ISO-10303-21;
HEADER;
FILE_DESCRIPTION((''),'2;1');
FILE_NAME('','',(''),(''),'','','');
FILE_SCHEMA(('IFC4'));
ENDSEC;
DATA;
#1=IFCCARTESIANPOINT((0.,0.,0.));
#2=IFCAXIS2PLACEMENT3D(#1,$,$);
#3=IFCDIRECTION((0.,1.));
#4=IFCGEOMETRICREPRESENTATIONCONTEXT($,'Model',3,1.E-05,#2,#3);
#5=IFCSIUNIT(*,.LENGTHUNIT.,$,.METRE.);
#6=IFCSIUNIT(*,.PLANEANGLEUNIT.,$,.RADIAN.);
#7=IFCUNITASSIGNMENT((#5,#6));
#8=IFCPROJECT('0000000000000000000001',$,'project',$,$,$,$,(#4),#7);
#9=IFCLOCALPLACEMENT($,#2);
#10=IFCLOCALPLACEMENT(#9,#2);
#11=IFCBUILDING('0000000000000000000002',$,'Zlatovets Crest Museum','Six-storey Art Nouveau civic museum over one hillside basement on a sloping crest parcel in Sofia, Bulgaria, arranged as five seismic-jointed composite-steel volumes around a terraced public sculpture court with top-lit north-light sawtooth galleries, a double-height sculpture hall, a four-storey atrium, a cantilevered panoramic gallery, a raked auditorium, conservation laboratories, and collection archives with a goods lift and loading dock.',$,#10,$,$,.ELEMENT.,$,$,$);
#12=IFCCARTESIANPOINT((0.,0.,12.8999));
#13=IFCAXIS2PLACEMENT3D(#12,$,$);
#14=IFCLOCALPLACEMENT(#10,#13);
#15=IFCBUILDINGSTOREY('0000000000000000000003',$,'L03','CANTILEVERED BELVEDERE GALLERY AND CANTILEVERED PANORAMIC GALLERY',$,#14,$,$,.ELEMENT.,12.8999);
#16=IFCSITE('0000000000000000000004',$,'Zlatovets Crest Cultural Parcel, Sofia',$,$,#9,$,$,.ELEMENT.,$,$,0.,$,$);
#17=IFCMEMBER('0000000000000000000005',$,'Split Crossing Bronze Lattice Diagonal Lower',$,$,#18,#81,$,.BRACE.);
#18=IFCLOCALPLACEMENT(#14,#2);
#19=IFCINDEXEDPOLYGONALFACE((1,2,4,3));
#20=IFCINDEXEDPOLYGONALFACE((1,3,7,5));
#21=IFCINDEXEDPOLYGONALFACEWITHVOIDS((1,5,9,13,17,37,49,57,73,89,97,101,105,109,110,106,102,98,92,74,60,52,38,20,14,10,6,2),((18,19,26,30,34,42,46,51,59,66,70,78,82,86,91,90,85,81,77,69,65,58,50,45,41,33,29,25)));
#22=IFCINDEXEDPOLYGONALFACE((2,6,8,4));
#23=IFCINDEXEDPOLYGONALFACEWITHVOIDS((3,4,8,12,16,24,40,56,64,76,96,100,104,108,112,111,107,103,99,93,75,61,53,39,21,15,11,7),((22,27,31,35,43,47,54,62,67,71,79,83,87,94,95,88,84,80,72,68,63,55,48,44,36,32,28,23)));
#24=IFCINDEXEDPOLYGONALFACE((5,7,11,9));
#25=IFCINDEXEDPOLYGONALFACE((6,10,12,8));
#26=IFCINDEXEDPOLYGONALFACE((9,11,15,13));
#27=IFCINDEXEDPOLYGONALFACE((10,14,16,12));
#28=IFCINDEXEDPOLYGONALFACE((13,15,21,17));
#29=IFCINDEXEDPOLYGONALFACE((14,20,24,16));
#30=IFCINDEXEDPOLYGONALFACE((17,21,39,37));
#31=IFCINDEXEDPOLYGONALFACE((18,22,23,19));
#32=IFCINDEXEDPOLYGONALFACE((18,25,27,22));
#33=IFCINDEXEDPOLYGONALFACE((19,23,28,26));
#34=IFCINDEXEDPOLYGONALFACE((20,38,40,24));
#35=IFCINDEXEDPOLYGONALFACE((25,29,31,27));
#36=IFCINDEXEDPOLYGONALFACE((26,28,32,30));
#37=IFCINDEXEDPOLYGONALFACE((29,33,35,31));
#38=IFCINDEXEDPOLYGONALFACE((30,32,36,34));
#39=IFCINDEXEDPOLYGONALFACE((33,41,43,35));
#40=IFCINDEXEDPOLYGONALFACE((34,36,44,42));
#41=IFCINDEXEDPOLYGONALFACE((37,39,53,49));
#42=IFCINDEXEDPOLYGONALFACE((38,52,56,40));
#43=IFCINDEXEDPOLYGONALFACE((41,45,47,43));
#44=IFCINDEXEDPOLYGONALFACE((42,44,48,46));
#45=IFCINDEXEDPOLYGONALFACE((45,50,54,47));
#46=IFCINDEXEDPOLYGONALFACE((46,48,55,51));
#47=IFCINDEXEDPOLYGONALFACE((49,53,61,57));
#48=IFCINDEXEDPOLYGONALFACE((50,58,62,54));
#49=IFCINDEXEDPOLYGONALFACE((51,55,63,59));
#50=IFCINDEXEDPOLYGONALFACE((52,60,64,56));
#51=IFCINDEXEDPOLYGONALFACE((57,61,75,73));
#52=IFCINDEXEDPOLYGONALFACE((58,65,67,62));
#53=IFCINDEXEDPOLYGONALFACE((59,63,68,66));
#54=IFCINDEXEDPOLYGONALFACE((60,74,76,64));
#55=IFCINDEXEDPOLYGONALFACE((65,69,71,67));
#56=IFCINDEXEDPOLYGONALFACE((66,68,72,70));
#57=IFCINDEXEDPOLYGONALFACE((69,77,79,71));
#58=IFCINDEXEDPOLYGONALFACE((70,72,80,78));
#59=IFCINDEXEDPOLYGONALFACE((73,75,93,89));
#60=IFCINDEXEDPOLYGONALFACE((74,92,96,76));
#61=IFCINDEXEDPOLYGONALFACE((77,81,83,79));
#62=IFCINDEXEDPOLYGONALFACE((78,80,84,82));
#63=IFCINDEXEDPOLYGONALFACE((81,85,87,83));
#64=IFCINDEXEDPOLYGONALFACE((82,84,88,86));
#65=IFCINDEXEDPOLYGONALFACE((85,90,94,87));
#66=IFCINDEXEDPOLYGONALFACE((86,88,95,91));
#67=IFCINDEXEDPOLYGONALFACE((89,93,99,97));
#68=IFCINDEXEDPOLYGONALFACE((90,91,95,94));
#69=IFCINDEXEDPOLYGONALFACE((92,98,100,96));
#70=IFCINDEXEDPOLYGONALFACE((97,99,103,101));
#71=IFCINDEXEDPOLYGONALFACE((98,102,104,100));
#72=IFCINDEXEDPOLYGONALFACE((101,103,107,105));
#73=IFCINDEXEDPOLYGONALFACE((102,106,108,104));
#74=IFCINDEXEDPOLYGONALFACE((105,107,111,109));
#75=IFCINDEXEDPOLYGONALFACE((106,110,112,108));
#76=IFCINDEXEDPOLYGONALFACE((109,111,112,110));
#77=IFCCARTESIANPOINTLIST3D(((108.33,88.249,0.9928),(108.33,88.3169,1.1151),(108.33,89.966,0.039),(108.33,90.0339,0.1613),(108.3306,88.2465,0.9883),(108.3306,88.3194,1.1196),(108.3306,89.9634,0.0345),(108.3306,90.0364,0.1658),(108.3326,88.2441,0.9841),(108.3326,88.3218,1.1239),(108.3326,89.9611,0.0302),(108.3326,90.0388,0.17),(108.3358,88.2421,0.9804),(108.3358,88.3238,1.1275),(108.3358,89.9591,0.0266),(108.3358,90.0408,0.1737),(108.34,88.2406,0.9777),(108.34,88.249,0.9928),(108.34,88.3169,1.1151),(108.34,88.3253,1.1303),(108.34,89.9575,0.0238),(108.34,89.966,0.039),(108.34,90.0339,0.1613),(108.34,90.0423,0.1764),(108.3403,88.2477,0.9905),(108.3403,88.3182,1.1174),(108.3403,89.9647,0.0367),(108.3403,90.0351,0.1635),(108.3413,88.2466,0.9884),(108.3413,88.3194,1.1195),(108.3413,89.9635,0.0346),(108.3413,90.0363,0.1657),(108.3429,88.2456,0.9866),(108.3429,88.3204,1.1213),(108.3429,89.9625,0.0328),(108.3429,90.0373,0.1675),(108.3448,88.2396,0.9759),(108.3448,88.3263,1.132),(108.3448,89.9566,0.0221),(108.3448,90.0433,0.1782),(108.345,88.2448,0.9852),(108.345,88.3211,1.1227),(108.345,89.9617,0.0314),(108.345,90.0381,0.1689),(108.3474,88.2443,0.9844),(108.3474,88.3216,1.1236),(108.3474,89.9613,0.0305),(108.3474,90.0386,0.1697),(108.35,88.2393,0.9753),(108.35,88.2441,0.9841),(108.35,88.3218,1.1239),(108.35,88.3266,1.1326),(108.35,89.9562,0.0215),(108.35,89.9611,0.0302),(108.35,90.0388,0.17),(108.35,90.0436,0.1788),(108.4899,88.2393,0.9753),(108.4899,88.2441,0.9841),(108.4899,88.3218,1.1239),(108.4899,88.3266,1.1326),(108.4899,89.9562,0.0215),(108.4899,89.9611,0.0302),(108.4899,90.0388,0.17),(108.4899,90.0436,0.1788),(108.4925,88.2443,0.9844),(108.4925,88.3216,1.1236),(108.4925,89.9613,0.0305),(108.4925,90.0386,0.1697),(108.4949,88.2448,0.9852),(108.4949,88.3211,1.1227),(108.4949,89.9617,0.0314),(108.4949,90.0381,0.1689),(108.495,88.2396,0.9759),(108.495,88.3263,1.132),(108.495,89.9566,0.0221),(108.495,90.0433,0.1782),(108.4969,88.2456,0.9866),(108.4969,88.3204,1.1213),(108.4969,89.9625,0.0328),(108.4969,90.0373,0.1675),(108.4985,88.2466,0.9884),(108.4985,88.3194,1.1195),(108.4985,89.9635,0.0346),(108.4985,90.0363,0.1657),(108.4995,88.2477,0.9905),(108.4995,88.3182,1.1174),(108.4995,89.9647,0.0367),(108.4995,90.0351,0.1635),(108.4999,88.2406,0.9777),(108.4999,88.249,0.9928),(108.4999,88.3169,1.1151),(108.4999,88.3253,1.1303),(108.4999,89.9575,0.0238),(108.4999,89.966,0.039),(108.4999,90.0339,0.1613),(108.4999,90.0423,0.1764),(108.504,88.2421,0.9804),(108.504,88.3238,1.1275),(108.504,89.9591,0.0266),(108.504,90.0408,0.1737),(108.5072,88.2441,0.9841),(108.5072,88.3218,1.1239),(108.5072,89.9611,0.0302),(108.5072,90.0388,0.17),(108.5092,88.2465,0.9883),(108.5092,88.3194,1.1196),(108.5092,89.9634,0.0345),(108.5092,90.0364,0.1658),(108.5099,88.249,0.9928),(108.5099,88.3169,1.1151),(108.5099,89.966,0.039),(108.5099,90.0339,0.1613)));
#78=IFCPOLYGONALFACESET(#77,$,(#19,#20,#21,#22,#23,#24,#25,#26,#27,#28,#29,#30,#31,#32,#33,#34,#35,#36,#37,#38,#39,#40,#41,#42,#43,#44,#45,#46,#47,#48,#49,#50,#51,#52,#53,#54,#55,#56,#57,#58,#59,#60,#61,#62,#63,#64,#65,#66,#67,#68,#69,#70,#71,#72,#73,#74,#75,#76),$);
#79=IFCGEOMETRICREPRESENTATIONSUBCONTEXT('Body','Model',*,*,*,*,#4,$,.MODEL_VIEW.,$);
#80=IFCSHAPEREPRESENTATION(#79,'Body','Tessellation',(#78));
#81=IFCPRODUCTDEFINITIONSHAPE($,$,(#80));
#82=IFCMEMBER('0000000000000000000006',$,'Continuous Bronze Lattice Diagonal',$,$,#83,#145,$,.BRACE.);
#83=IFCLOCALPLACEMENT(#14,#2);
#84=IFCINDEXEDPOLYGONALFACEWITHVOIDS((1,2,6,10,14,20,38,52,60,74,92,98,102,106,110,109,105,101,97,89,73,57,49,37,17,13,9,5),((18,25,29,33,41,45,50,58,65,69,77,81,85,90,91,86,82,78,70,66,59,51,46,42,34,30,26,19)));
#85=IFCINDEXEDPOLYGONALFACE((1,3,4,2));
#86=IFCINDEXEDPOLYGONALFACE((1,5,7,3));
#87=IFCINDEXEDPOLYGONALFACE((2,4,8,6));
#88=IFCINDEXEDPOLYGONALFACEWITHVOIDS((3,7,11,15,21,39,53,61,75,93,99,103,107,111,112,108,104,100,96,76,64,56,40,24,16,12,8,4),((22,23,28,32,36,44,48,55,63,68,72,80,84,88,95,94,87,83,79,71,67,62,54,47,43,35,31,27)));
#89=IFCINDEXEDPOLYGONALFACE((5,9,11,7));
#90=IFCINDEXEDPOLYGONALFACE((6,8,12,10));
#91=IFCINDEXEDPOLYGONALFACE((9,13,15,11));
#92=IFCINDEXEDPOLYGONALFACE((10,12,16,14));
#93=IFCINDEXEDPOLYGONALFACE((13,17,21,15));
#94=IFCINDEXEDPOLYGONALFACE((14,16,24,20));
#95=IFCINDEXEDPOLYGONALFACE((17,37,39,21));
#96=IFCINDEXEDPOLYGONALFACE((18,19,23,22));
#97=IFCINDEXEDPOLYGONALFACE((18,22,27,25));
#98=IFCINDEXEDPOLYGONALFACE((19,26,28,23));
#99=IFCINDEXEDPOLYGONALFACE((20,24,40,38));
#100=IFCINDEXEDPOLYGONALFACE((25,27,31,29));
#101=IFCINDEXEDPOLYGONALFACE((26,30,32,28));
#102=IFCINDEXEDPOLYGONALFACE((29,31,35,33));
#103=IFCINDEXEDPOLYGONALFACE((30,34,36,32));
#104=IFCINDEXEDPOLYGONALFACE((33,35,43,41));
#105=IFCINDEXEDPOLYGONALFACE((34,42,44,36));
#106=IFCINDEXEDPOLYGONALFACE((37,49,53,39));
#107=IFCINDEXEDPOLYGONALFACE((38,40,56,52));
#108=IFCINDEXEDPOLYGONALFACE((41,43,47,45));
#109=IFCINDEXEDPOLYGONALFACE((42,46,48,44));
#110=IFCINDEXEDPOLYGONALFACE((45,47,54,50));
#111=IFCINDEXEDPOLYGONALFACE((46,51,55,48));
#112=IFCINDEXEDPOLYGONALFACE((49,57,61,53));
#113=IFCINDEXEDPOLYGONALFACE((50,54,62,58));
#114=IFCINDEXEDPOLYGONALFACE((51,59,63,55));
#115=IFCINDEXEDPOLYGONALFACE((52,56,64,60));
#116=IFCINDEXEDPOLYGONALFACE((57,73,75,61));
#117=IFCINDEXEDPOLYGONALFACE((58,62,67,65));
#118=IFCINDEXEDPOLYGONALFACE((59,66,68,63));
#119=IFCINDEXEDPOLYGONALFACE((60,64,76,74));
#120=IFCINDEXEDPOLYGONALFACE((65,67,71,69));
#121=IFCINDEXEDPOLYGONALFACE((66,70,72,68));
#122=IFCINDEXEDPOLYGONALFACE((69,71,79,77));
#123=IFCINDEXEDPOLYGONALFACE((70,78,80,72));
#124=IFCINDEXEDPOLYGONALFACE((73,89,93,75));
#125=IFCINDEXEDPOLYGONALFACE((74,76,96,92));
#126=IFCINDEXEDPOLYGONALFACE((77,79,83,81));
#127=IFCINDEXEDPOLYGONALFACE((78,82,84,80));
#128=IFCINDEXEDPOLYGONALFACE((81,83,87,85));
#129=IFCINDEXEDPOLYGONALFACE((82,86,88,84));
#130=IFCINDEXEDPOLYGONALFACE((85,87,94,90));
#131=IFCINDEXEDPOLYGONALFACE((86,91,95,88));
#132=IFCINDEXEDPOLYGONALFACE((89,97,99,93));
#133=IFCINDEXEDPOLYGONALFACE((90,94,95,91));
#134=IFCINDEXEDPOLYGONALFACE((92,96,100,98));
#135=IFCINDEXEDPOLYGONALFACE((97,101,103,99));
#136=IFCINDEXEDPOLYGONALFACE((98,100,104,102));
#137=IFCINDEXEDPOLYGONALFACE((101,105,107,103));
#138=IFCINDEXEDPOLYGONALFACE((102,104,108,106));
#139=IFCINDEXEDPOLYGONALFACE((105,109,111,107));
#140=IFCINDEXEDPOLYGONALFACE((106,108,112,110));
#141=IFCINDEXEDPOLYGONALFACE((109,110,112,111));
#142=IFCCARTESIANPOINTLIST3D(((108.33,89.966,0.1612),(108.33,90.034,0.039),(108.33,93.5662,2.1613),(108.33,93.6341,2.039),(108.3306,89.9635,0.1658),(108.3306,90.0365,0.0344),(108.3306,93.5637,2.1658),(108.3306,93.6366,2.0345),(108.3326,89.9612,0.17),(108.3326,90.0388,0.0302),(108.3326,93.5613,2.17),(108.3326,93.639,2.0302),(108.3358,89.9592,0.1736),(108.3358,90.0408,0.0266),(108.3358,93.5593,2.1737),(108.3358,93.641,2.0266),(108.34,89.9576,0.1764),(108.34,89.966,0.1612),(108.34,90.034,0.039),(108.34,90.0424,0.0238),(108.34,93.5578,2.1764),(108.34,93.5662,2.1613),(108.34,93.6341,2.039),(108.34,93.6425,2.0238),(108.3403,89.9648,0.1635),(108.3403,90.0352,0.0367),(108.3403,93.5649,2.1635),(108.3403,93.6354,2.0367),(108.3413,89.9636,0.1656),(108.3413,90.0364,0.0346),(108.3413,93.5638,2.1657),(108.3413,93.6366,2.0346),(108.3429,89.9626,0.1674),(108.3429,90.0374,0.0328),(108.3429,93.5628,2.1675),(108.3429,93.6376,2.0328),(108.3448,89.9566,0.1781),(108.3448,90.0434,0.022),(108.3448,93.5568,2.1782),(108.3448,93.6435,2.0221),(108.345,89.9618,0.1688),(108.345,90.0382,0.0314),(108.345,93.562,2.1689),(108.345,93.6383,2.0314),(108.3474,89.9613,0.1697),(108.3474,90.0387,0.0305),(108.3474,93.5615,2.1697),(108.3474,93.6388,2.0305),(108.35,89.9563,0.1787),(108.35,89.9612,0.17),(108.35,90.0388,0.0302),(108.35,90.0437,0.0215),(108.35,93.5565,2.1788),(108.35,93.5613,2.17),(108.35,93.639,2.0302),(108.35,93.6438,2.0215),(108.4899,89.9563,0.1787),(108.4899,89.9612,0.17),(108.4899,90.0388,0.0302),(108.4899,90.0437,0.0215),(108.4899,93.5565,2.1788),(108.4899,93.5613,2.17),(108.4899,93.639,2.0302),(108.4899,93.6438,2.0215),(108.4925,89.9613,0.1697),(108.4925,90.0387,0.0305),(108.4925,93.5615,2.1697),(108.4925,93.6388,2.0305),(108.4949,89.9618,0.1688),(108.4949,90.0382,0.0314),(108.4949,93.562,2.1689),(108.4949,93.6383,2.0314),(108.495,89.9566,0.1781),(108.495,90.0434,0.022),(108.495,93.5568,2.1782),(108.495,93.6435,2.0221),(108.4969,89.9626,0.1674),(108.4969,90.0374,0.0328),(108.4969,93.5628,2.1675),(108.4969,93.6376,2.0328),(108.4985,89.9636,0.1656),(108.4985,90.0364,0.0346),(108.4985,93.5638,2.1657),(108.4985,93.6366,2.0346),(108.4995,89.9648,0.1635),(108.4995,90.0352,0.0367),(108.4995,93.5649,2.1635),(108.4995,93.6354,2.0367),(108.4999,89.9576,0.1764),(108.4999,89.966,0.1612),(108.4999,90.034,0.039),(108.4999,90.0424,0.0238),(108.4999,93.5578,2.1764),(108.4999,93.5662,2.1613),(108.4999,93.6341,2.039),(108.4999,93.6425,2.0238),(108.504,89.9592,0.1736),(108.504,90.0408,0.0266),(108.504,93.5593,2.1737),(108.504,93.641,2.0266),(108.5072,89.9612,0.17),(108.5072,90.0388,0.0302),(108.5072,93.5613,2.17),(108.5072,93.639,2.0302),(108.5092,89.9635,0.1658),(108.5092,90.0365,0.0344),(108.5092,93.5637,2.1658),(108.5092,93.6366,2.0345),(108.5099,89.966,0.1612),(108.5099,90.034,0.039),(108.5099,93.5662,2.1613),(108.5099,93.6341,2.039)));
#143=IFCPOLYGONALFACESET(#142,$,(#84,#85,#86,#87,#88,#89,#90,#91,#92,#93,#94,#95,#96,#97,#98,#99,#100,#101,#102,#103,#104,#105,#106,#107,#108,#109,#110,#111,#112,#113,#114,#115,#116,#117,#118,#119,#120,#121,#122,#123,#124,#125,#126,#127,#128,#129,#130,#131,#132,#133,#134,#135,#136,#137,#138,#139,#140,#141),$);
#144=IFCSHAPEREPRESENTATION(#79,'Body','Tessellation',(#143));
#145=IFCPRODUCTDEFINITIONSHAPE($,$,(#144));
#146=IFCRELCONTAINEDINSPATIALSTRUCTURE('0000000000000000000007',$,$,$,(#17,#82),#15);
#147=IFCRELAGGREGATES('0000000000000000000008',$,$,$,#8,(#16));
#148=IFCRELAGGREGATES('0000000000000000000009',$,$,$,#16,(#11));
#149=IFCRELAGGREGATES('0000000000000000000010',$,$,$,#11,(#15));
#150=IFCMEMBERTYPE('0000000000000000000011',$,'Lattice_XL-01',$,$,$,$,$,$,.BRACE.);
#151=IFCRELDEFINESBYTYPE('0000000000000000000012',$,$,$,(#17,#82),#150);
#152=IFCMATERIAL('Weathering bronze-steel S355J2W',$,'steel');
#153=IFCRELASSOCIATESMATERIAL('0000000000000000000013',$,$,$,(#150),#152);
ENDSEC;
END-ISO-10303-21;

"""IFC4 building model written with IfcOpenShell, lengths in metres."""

from ifc_helpers import new_model, si_unit, direction, frame, origin, origin_2d, place, context, subcontext, project, spatial, hollow_rectangle, extrude, material, material_profile, profile_set, type_object, element, save


model = new_model("IFC4")

# Units and contexts
model_context = context("Model", 3, precision=1e-05, world=origin(), true_north=direction((0.0, 1.0)))
body_context = subcontext(model_context, "Body", "Model", "MODEL_VIEW")
ifc_project = project(units=[si_unit("LENGTHUNIT", "METRE"), si_unit("PLANEANGLEUNIT", "RADIAN")], contexts=[model_context])

# Site, building, storey
site_placement = place(None, origin())
site = spatial("IfcSite", under=ifc_project, at=site_placement, Name="Zlatovets Crest Cultural Parcel, Sofia", CompositionType="ELEMENT", RefElevation=0.0)
building_placement = place(site_placement, origin())
building = spatial("IfcBuilding", under=site, at=building_placement, Name="Zlatovets Crest Museum", Description="Six-storey Art Nouveau civic museum over one hillside basement on a sloping crest parcel in Sofia, Bulgaria, arranged as five seismic-jointed composite-steel volumes around a terraced public sculpture court with top-lit north-light sawtooth galleries, a double-height sculpture hall, a four-storey atrium, a cantilevered panoramic gallery, a raked auditorium, conservation laboratories, and collection archives with a goods lift and loading dock.", CompositionType="ELEMENT")
storey_placement = place(building_placement, frame((0.0, 0.0, 12.8999)))
storey = spatial("IfcBuildingStorey", under=building, at=storey_placement, Name="L03", Description="CANTILEVERED BELVEDERE GALLERY AND CANTILEVERED PANORAMIC GALLERY", CompositionType="ELEMENT", Elevation=12.8999)

# Members
ifc_material_1 = material(Name="Weathering bronze-steel S355J2W", Category="steel")
ifc_material_profile_1 = material_profile(ifc_material_1, hollow_rectangle(XDim=0.1799, YDim=0.1799, WallThickness=0.01, InnerFilletRadius=0.01, OuterFilletRadius=0.02, at=origin_2d()), Name="SHS 180x180x10.0")
ifc_profile_set_1 = profile_set([ifc_material_profile_1], Name="Weathering bronze-steel S355J2W")
member_type_1 = type_object("IfcMemberType", Name="Lattice_XL-01", PredefinedType="BRACE", material=ifc_profile_set_1)
for number, where, z_axis, x_axis, name in (
    (1, (108.4199, 88.283, 1.054), (0.0, 0.874169, -0.485622), (-1.0, 0.0, 0.0), "Split Crossing Bronze Lattice Diagonal Lower"),
):
    element("IfcMember", number, at=place(storey_placement, frame(where, z_axis=z_axis, x_axis=x_axis)), inside=storey, type_object=member_type_1, Name=name, PredefinedType="BRACE", context=body_context, shape_type="SweptSolid", body=[
        extrude(hollow_rectangle(XDim=0.1799, YDim=0.1799, WallThickness=0.01, InnerFilletRadius=0.01, OuterFilletRadius=0.02, at=origin_2d()), origin(), (0.0, 0.0, 1.0), 1.9641),
    ])
member_1_placement = place(storey_placement, frame((108.4199, 90.0, 0.1001), z_axis=(0.0, 0.874163, 0.485633), x_axis=(-1.0, 0.0, 0.0)))
element("IfcMember", 2, at=member_1_placement, inside=storey, type_object=member_type_1, Name="Continuous Bronze Lattice Diagonal", PredefinedType="BRACE", context=body_context, shape_type="SweptSolid", body=[
    extrude(hollow_rectangle(XDim=0.1799, YDim=0.1799, WallThickness=0.01, InnerFilletRadius=0.01, OuterFilletRadius=0.02, at=origin_2d()), origin(), (0.0, 0.0, 1.0), 4.1184),
])

save(model, "model.ifc")
